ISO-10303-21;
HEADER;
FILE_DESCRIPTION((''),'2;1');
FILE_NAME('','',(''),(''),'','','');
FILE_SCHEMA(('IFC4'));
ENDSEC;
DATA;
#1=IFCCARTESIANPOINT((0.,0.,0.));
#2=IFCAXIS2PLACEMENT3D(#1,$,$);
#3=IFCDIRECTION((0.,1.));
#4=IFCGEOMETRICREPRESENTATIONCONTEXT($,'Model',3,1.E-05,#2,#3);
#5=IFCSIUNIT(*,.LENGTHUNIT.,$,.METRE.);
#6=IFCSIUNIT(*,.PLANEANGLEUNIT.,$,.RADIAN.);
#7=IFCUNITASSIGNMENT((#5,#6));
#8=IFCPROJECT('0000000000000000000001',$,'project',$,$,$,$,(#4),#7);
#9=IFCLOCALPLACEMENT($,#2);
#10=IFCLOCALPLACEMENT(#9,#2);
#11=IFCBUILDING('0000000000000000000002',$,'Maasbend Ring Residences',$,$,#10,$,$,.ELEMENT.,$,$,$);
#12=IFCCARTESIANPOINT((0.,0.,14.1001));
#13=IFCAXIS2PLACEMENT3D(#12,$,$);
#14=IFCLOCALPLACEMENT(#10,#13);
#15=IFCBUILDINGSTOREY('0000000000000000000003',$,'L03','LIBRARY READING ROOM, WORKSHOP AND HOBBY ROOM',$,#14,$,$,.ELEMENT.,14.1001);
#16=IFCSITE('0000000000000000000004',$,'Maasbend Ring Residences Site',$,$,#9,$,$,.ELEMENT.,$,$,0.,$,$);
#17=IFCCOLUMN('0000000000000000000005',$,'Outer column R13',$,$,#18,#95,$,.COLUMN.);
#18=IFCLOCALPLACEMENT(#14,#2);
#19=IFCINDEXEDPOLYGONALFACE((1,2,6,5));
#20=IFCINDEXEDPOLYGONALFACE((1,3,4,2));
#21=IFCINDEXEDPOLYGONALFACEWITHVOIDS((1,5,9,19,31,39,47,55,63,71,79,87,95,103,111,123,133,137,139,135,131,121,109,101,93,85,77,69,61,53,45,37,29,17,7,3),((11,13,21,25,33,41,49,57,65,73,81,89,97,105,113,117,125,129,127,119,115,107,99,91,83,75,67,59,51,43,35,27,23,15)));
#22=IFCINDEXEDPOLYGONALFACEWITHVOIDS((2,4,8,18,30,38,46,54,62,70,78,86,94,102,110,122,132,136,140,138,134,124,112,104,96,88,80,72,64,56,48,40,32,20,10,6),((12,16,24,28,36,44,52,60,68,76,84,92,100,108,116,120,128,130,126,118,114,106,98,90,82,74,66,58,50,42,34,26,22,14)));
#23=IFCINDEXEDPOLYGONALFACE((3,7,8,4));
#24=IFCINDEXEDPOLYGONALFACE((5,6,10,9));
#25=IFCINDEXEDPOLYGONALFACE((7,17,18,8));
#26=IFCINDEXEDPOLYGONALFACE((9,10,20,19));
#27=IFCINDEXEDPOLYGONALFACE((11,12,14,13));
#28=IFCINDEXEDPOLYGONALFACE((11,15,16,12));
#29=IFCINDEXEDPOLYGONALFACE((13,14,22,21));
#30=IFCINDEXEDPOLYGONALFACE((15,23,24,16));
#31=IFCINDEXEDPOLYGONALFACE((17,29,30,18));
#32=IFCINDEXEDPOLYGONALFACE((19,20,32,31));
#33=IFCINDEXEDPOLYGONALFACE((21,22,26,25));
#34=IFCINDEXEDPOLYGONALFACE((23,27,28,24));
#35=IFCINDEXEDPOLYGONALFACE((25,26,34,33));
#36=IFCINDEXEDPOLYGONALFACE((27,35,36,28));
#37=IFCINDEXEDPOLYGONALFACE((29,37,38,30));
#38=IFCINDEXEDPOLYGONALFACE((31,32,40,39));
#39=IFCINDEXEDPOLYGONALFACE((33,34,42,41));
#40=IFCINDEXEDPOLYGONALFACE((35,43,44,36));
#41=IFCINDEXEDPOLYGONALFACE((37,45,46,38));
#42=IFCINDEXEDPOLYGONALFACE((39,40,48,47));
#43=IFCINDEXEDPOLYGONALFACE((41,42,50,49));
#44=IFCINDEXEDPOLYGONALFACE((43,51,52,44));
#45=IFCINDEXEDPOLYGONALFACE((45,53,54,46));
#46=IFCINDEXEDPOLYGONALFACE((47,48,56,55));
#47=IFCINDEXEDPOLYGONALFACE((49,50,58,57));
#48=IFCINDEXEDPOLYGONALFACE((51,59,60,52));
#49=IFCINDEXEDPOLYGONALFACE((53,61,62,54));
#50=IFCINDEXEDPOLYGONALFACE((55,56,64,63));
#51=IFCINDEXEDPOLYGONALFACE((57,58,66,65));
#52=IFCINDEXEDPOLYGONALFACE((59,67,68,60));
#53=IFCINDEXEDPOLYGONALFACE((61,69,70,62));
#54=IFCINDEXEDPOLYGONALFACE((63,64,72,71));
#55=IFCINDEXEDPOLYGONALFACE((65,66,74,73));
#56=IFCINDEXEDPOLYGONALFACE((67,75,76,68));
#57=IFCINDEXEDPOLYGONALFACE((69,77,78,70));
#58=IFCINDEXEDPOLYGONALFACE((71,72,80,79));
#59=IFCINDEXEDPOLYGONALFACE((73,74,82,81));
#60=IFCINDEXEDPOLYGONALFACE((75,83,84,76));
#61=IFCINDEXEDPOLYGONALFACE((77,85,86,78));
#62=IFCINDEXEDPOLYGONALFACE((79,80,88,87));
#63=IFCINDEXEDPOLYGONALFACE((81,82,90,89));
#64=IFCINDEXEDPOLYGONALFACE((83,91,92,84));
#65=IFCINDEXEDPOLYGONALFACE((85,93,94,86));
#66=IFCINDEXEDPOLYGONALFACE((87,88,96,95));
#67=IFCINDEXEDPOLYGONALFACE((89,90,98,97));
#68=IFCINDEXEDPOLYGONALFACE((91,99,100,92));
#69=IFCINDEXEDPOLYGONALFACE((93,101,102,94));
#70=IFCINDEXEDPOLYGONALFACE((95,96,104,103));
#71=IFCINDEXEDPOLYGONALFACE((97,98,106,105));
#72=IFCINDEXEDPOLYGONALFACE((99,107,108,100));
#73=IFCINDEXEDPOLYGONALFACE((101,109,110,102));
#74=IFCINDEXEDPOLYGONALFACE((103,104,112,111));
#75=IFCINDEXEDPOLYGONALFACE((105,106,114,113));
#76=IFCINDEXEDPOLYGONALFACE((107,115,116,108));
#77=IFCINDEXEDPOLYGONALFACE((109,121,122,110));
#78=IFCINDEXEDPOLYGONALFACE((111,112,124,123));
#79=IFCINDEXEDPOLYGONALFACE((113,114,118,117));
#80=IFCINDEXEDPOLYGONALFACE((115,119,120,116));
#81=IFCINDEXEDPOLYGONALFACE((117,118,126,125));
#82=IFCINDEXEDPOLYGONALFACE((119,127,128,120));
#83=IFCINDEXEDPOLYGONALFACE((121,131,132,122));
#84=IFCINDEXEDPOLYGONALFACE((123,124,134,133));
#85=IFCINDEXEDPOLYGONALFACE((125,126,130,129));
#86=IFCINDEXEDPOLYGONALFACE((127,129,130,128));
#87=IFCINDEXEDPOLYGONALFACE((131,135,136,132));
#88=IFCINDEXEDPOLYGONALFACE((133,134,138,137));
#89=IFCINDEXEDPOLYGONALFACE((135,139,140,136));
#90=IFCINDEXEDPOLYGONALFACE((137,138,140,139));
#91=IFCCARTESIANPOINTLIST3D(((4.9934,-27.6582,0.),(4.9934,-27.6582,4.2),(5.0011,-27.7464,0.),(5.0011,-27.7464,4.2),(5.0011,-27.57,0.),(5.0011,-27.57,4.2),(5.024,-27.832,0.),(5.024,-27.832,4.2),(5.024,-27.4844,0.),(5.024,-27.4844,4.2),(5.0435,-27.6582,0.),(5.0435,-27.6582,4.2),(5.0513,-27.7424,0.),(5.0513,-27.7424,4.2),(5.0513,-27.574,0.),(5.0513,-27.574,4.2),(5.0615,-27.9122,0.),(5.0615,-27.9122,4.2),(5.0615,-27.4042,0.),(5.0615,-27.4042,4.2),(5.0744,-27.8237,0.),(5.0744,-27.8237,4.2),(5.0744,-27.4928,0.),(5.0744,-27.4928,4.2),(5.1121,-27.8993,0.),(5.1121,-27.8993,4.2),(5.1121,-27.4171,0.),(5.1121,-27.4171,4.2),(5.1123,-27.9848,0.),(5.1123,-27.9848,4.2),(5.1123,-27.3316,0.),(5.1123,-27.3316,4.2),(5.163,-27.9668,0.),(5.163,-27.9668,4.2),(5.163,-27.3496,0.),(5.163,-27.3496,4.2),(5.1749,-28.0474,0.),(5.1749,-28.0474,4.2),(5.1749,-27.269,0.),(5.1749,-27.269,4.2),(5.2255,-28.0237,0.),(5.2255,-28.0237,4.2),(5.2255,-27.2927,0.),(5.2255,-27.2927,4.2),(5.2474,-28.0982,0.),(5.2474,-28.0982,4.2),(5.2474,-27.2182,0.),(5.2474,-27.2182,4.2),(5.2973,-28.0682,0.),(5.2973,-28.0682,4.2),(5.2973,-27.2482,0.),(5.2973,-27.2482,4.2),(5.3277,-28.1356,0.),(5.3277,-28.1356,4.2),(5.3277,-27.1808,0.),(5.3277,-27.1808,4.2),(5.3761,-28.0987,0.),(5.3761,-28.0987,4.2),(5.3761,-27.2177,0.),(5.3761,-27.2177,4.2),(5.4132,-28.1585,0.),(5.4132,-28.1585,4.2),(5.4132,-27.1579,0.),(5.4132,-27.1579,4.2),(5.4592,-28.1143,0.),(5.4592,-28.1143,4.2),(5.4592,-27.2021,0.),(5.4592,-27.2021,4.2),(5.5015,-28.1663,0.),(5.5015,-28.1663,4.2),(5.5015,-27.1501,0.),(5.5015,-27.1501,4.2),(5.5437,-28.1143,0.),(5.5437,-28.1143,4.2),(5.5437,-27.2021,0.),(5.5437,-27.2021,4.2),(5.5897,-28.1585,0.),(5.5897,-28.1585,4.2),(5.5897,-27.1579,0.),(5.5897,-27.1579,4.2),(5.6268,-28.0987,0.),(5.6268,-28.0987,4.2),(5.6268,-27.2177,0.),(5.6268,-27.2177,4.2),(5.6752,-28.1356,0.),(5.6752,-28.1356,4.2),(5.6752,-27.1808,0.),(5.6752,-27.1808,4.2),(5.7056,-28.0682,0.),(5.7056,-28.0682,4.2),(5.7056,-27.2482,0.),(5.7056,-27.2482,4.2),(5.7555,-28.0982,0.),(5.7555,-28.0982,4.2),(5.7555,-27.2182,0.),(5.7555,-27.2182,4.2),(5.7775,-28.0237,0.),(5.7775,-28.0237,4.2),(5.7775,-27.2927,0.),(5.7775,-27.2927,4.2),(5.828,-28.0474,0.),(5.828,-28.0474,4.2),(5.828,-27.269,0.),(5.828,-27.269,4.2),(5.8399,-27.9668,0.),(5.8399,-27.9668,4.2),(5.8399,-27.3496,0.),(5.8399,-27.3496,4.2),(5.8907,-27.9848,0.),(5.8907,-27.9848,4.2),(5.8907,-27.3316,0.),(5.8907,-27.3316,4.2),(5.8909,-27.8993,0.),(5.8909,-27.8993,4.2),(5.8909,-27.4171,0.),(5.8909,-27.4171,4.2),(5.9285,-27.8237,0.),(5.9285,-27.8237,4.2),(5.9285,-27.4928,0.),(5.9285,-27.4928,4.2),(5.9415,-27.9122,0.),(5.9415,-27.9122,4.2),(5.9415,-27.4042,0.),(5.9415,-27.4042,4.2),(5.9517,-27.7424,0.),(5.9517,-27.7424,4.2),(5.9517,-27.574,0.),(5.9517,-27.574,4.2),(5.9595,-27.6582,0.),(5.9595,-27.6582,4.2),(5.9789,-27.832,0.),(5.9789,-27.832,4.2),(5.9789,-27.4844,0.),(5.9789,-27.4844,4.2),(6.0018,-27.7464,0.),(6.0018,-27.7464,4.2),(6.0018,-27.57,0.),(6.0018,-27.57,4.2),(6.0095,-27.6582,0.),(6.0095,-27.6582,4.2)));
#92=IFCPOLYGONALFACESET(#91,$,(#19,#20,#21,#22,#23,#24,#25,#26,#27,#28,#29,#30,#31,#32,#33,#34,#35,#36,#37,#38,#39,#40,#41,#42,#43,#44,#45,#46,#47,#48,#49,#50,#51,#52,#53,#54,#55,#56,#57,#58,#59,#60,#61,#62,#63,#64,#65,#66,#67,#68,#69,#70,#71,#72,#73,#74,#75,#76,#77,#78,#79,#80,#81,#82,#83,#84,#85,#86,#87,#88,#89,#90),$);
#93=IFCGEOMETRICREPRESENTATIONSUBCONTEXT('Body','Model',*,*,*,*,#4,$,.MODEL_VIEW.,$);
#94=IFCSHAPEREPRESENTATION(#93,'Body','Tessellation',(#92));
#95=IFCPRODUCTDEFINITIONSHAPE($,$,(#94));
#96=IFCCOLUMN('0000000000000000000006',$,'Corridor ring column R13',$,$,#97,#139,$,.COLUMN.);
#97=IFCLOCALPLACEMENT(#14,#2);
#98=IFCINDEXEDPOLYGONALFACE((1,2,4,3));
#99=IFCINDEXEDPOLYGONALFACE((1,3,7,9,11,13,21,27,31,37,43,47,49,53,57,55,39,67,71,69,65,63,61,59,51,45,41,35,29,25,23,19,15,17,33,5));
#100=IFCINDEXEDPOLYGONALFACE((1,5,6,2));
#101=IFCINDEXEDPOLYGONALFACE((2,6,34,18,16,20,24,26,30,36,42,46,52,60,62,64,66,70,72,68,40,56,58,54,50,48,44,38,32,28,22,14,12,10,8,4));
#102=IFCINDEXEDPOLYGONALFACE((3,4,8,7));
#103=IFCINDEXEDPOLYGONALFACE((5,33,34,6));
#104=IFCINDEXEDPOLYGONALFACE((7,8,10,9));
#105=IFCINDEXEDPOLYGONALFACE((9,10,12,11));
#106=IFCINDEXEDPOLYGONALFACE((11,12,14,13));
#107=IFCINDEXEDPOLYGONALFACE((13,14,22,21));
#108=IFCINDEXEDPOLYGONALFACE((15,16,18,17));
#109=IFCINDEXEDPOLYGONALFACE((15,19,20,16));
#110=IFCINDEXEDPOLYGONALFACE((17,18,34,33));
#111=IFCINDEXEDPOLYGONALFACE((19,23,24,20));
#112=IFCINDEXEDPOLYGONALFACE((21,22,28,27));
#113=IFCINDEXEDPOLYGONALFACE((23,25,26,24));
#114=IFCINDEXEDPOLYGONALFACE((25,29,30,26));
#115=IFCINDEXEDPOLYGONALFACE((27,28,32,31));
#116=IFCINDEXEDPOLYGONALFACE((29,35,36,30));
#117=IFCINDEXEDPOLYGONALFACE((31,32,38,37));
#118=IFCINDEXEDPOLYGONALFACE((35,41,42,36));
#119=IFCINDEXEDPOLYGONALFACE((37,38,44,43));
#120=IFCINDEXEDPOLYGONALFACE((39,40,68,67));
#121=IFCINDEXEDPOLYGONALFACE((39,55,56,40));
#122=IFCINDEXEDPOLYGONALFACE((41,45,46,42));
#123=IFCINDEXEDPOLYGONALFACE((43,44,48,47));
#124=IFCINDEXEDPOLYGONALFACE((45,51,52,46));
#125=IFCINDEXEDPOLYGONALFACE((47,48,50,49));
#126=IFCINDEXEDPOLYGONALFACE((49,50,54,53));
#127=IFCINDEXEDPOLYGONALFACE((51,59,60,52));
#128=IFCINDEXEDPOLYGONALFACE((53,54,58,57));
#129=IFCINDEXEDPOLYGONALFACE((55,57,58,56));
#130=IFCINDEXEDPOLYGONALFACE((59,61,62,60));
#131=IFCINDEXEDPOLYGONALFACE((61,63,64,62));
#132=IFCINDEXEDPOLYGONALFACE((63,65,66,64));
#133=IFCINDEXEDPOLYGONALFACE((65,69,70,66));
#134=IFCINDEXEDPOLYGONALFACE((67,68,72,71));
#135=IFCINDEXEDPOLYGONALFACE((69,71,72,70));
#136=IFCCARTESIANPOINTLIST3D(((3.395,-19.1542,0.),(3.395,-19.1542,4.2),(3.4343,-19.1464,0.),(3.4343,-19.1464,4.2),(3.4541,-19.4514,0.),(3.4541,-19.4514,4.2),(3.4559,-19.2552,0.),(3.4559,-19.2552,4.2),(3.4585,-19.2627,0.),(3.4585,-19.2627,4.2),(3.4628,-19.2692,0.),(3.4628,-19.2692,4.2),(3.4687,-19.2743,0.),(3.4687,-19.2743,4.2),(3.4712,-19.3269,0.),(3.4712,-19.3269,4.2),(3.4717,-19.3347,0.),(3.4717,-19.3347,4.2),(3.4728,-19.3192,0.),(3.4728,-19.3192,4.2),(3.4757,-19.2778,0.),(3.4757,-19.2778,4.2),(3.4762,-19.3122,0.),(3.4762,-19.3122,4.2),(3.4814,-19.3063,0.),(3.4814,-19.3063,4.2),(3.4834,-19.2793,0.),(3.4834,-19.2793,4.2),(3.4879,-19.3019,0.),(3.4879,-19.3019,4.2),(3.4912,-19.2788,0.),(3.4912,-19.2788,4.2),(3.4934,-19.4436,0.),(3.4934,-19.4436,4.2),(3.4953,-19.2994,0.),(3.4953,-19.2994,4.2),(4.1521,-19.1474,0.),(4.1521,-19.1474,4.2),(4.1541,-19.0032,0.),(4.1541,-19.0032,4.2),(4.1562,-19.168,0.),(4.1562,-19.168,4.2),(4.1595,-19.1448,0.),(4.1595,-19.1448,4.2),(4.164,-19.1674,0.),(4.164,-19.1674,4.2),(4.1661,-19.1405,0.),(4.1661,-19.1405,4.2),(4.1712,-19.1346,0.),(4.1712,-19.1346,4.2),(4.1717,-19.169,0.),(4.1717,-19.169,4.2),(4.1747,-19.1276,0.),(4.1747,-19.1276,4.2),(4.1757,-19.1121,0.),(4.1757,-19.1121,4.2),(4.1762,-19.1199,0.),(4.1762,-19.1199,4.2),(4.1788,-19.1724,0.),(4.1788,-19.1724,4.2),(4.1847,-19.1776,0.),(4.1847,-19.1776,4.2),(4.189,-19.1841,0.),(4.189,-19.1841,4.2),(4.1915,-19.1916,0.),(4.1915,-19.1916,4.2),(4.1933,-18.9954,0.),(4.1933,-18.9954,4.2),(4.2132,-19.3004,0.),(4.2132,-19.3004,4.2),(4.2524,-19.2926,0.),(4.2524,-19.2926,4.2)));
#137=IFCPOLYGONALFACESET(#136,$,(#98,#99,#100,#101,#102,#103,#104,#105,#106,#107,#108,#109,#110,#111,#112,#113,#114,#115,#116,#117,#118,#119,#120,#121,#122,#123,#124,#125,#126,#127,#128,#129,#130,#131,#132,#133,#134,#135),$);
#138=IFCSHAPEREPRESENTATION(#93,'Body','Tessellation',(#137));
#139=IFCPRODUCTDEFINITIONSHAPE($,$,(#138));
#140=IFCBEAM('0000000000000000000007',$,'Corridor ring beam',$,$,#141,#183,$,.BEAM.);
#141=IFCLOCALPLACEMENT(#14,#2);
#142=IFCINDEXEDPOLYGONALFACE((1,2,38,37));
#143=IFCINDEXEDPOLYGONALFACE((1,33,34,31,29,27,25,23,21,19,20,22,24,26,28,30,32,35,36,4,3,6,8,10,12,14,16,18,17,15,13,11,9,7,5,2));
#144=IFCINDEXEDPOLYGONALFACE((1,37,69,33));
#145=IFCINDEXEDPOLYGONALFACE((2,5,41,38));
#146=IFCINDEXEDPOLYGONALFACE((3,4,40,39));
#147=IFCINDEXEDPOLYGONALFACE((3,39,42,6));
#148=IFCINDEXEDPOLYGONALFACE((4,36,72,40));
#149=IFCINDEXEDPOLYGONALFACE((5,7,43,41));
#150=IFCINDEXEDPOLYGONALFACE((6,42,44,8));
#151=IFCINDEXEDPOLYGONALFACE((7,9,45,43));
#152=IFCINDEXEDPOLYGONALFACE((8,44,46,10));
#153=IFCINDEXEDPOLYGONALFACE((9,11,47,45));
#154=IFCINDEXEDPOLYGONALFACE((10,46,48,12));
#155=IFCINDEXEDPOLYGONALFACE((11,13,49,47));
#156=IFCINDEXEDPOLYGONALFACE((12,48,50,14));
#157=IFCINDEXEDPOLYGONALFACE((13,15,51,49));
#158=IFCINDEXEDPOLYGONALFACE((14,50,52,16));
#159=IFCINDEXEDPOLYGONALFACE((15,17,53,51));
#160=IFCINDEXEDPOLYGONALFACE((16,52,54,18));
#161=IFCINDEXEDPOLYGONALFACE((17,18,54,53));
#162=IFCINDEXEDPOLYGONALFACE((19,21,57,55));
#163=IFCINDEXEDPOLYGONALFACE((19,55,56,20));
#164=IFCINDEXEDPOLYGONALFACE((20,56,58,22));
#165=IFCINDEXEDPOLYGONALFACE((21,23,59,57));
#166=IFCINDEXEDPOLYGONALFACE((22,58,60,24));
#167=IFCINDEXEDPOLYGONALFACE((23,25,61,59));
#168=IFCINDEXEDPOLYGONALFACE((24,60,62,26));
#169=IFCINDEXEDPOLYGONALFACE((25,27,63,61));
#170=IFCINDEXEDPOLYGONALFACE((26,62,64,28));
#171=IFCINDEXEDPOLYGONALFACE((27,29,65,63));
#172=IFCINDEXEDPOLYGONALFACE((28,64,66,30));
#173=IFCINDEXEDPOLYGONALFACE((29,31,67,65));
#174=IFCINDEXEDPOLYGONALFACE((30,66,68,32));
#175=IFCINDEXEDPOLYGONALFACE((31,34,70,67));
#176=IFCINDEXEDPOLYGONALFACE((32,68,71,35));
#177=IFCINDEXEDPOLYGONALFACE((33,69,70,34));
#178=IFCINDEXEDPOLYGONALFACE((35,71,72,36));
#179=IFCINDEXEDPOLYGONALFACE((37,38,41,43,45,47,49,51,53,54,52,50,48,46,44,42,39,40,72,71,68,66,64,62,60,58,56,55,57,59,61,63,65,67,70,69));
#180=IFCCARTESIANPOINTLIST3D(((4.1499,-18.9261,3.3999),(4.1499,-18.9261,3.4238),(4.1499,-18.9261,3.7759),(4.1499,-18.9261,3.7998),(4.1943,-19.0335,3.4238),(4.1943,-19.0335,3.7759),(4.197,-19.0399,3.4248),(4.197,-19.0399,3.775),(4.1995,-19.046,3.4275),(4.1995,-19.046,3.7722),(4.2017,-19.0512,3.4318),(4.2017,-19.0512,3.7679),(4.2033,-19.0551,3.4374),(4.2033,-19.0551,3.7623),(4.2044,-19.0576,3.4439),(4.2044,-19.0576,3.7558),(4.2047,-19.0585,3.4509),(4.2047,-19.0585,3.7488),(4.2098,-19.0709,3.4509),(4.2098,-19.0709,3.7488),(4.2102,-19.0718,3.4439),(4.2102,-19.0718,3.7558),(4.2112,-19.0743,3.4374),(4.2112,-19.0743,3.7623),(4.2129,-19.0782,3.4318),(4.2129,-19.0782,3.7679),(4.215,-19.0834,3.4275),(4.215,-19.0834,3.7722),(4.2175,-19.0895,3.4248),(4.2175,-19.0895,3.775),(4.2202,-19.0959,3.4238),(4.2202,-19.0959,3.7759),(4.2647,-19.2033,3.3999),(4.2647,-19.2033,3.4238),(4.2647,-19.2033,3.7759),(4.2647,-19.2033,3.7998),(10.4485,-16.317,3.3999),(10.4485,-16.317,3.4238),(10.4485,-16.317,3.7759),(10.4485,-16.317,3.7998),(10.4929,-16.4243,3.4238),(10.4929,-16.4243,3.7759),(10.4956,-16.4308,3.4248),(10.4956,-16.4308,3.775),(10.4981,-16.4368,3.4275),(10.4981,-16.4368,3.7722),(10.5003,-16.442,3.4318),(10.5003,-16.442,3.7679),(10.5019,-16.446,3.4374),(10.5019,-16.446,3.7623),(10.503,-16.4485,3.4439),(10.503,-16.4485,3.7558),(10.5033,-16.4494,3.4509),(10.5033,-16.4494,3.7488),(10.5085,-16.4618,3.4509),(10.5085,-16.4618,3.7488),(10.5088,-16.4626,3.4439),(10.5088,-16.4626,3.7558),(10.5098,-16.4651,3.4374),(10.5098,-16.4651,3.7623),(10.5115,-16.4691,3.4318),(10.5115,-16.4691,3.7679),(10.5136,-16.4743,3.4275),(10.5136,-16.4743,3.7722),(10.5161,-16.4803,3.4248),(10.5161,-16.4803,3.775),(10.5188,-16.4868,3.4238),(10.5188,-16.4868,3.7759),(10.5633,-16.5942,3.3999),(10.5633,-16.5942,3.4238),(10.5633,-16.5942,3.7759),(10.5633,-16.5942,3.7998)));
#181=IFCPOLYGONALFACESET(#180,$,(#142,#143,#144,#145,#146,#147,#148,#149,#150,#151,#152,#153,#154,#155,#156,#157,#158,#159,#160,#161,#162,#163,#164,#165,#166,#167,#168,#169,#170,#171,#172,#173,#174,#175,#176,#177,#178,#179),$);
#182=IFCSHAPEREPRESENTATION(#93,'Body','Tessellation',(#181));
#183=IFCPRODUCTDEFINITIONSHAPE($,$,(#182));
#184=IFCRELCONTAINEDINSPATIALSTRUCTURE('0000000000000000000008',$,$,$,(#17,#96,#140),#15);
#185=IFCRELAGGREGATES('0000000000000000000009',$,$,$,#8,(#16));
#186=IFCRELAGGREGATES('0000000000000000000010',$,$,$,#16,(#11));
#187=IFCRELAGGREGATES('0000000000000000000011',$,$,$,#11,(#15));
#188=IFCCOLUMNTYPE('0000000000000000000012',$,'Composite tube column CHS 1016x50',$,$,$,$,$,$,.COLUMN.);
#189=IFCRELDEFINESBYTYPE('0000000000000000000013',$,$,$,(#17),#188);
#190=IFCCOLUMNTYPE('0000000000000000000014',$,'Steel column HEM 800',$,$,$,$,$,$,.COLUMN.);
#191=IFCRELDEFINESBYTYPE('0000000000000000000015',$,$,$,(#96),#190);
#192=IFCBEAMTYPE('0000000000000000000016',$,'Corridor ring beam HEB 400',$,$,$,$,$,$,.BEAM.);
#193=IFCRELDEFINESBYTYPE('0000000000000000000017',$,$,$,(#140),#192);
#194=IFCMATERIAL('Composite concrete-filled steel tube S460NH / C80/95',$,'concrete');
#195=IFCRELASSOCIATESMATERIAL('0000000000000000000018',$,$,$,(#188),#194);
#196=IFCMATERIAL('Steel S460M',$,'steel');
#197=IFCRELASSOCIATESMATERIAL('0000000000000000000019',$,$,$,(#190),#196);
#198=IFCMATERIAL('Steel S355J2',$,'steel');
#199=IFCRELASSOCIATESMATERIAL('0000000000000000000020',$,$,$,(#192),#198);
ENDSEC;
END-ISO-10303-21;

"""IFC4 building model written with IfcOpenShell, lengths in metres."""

from ifc_helpers import new_model, si_unit, direction, frame, origin, origin_2d, place, context, subcontext, project, spatial, hollow_circle, i_section, extrude, material, material_profile, profile_set, type_object, element, save


model = new_model("IFC4")

# Units and contexts
model_context = context("Model", 3, precision=1e-05, world=origin(), true_north=direction((0.0, 1.0)))
body_context = subcontext(model_context, "Body", "Model", "MODEL_VIEW")
ifc_project = project(units=[si_unit("LENGTHUNIT", "METRE"), si_unit("PLANEANGLEUNIT", "RADIAN")], contexts=[model_context])

# Site, building, storey
site_placement = place(None, origin())
site = spatial("IfcSite", under=ifc_project, at=site_placement, Name="Maasbend Ring Residences Site", CompositionType="ELEMENT", RefElevation=0.0)
building_placement = place(site_placement, origin())
building = spatial("IfcBuilding", under=site, at=building_placement, Name="Maasbend Ring Residences", CompositionType="ELEMENT")
storey_placement = place(building_placement, frame((0.0, 0.0, 14.1001)))
storey = spatial("IfcBuildingStorey", under=building, at=storey_placement, Name="L03", Description="LIBRARY READING ROOM, WORKSHOP AND HOBBY ROOM", CompositionType="ELEMENT", Elevation=14.1001)

# Columns
ifc_material_1 = material(Name="Composite concrete-filled steel tube S460NH / C80/95", Category="concrete")
ifc_material_profile_1 = material_profile(ifc_material_1, hollow_circle(Radius=0.5081, WallThickness=0.05, at=origin_2d()), Name="Composite tube column CHS 1016x50")
ifc_profile_set_1 = profile_set([ifc_material_profile_1], Name="Composite concrete-filled steel tube S460NH / C80/95")
column_type_1 = type_object("IfcColumnType", Name="Composite tube column CHS 1016x50", PredefinedType="COLUMN", material=ifc_profile_set_1)
column_1_placement = place(storey_placement, frame((5.5015, -27.6582, 0.0), z_axis=(0.0, 0.0, 1.0), x_axis=(1.0, 0.0, 0.0)))
element("IfcColumn", 1, at=column_1_placement, inside=storey, type_object=column_type_1, Name="Outer column R13", PredefinedType="COLUMN", context=body_context, shape_type="SweptSolid", body=[
    extrude(hollow_circle(Radius=0.5081, WallThickness=0.05, at=origin_2d()), origin(), (0.0, 0.0, 1.0), 4.2),
])
ifc_material_2 = material(Name="Steel S460M", Category="steel")
ifc_material_profile_2 = material_profile(ifc_material_2, i_section(OverallWidth=0.303, OverallDepth=0.814, WebThickness=0.021, FlangeThickness=0.04, FilletRadius=0.03, at=origin_2d()), Name="HEM 800")
ifc_profile_set_2 = profile_set([ifc_material_profile_2], Name="Steel S460M")
column_type_2 = type_object("IfcColumnType", Name="Steel column HEM 800", PredefinedType="COLUMN", material=ifc_profile_set_2)
column_2_placement = place(storey_placement, frame((3.8237, -19.2234, 0.0), z_axis=(0.0, 0.0, 1.0), x_axis=(0.19509, -0.980785, 0.0)))
element("IfcColumn", 2, at=column_2_placement, inside=storey, type_object=column_type_2, Name="Corridor ring column R13", PredefinedType="COLUMN", context=body_context, shape_type="SweptSolid", body=[
    extrude(i_section(OverallWidth=0.303, OverallDepth=0.814, WebThickness=0.021, FlangeThickness=0.04, FilletRadius=0.03, at=origin_2d()), origin(), (0.0, 0.0, 1.0), 4.2),
])

# Beam
ifc_material_3 = material(Name="Steel S355J2", Category="steel")
ifc_material_profile_3 = material_profile(ifc_material_3, i_section(OverallWidth=0.3, OverallDepth=0.3999, WebThickness=0.0134, FlangeThickness=0.0239, FilletRadius=0.0271, at=origin_2d()), Name="HEB 400")
ifc_profile_set_3 = profile_set([ifc_material_profile_3], Name="Steel S355J2")
beam_type_1 = type_object("IfcBeamType", Name="Corridor ring beam HEB 400", PredefinedType="BEAM", material=ifc_profile_set_3)
beam_1_placement = place(storey_placement, frame((4.2073, -19.0647, 3.5999), z_axis=(0.923871, 0.382705, 0.0), x_axis=(-0.382705, 0.923871, 0.0)))
element("IfcBeam", 3, at=beam_1_placement, inside=storey, type_object=beam_type_1, Name="Corridor ring beam", PredefinedType="BEAM", context=body_context, shape_type="SweptSolid", body=[
    extrude(i_section(OverallWidth=0.3, OverallDepth=0.3999, WebThickness=0.0134, FlangeThickness=0.0239, FilletRadius=0.0271, at=origin_2d()), origin(), (0.0, 0.0, 1.0), 6.8176),
])

save(model, "model.ifc")
